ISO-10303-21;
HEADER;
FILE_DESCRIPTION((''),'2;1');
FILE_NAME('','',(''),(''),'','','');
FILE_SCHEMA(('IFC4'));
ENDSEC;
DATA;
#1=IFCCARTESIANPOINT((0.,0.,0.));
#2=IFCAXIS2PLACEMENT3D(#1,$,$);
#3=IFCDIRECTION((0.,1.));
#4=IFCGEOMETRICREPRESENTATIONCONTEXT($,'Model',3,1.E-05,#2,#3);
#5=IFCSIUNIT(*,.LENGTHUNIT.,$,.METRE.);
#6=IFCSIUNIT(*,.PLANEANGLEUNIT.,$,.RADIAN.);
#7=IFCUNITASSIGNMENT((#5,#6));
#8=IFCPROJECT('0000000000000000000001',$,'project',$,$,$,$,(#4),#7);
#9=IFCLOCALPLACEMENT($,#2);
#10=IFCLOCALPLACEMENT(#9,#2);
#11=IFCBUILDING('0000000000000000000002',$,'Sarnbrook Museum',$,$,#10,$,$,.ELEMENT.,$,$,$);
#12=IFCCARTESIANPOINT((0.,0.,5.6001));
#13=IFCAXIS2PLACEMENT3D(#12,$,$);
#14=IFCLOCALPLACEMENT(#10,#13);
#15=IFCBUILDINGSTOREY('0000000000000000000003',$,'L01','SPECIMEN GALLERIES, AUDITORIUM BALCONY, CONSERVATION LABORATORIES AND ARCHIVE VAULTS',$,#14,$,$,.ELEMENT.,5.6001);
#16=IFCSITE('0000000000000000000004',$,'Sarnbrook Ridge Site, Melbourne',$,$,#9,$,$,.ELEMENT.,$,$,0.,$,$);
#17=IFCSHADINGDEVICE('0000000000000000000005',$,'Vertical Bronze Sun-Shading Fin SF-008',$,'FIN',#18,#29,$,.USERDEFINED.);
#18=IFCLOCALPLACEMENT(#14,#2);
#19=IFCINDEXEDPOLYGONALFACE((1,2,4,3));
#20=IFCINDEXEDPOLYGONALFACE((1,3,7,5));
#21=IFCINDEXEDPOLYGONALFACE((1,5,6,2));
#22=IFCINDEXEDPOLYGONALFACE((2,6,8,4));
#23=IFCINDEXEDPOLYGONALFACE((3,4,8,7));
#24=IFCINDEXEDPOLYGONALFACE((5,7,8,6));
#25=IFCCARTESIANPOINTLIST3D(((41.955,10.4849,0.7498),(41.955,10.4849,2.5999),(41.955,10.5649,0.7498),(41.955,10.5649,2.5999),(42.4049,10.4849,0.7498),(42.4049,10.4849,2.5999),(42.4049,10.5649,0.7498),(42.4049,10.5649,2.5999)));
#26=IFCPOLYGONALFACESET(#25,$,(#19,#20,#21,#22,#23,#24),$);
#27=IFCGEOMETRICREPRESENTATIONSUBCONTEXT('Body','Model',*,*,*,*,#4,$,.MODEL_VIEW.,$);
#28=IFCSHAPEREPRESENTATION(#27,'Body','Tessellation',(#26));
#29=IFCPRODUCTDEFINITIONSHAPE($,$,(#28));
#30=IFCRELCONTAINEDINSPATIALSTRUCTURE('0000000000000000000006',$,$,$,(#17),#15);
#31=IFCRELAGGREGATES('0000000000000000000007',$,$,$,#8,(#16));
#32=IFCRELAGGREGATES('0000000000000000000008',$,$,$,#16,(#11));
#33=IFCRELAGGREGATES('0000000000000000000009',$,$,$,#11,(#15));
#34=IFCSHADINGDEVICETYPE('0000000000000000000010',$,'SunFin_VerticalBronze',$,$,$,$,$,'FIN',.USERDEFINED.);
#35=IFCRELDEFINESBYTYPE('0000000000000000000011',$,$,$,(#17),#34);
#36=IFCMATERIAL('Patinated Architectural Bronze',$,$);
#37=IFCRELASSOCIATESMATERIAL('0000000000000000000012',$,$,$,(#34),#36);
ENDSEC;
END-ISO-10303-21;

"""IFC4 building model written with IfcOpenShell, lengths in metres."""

from ifc_helpers import new_model, si_unit, direction, frame, origin, origin_2d, place, context, subcontext, project, spatial, rectangle, extrude, material, type_object, element, save


model = new_model("IFC4")

# Units and contexts
model_context = context("Model", 3, precision=1e-05, world=origin(), true_north=direction((0.0, 1.0)))
body_context = subcontext(model_context, "Body", "Model", "MODEL_VIEW")
ifc_project = project(units=[si_unit("LENGTHUNIT", "METRE"), si_unit("PLANEANGLEUNIT", "RADIAN")], contexts=[model_context])

# Site, building, storey
site_placement = place(None, origin())
site = spatial("IfcSite", under=ifc_project, at=site_placement, Name="Sarnbrook Ridge Site, Melbourne", CompositionType="ELEMENT", RefElevation=0.0)
building_placement = place(site_placement, origin())
building = spatial("IfcBuilding", under=site, at=building_placement, Name="Sarnbrook Museum", CompositionType="ELEMENT")
storey_placement = place(building_placement, frame((0.0, 0.0, 5.6001)))
storey = spatial("IfcBuildingStorey", under=building, at=storey_placement, Name="L01", Description="SPECIMEN GALLERIES, AUDITORIUM BALCONY, CONSERVATION LABORATORIES AND ARCHIVE VAULTS", CompositionType="ELEMENT", Elevation=5.6001)

# Shading device
ifc_material_1 = material(Name="Patinated Architectural Bronze")
shading_device_type = type_object("IfcShadingDeviceType", Name="SunFin_VerticalBronze", ElementType="FIN", PredefinedType="USERDEFINED", material=ifc_material_1)
shading_device_placement = place(storey_placement, frame((42.1799, 10.5249, 0.7498), z_axis=(0.0, 0.0, 1.0), x_axis=(1.0, 0.0, 0.0)))
element("IfcShadingDevice", 1, at=shading_device_placement, inside=storey, type_object=shading_device_type, Name="Vertical Bronze Sun-Shading Fin SF-008", ObjectType="FIN", PredefinedType="USERDEFINED", context=body_context, shape_type="SweptSolid", body=[
    extrude(rectangle(XDim=0.45, YDim=0.0801, at=origin_2d()), origin(), (0.0, 0.0, 1.0), 1.8501),
])

save(model, "model.ifc")
